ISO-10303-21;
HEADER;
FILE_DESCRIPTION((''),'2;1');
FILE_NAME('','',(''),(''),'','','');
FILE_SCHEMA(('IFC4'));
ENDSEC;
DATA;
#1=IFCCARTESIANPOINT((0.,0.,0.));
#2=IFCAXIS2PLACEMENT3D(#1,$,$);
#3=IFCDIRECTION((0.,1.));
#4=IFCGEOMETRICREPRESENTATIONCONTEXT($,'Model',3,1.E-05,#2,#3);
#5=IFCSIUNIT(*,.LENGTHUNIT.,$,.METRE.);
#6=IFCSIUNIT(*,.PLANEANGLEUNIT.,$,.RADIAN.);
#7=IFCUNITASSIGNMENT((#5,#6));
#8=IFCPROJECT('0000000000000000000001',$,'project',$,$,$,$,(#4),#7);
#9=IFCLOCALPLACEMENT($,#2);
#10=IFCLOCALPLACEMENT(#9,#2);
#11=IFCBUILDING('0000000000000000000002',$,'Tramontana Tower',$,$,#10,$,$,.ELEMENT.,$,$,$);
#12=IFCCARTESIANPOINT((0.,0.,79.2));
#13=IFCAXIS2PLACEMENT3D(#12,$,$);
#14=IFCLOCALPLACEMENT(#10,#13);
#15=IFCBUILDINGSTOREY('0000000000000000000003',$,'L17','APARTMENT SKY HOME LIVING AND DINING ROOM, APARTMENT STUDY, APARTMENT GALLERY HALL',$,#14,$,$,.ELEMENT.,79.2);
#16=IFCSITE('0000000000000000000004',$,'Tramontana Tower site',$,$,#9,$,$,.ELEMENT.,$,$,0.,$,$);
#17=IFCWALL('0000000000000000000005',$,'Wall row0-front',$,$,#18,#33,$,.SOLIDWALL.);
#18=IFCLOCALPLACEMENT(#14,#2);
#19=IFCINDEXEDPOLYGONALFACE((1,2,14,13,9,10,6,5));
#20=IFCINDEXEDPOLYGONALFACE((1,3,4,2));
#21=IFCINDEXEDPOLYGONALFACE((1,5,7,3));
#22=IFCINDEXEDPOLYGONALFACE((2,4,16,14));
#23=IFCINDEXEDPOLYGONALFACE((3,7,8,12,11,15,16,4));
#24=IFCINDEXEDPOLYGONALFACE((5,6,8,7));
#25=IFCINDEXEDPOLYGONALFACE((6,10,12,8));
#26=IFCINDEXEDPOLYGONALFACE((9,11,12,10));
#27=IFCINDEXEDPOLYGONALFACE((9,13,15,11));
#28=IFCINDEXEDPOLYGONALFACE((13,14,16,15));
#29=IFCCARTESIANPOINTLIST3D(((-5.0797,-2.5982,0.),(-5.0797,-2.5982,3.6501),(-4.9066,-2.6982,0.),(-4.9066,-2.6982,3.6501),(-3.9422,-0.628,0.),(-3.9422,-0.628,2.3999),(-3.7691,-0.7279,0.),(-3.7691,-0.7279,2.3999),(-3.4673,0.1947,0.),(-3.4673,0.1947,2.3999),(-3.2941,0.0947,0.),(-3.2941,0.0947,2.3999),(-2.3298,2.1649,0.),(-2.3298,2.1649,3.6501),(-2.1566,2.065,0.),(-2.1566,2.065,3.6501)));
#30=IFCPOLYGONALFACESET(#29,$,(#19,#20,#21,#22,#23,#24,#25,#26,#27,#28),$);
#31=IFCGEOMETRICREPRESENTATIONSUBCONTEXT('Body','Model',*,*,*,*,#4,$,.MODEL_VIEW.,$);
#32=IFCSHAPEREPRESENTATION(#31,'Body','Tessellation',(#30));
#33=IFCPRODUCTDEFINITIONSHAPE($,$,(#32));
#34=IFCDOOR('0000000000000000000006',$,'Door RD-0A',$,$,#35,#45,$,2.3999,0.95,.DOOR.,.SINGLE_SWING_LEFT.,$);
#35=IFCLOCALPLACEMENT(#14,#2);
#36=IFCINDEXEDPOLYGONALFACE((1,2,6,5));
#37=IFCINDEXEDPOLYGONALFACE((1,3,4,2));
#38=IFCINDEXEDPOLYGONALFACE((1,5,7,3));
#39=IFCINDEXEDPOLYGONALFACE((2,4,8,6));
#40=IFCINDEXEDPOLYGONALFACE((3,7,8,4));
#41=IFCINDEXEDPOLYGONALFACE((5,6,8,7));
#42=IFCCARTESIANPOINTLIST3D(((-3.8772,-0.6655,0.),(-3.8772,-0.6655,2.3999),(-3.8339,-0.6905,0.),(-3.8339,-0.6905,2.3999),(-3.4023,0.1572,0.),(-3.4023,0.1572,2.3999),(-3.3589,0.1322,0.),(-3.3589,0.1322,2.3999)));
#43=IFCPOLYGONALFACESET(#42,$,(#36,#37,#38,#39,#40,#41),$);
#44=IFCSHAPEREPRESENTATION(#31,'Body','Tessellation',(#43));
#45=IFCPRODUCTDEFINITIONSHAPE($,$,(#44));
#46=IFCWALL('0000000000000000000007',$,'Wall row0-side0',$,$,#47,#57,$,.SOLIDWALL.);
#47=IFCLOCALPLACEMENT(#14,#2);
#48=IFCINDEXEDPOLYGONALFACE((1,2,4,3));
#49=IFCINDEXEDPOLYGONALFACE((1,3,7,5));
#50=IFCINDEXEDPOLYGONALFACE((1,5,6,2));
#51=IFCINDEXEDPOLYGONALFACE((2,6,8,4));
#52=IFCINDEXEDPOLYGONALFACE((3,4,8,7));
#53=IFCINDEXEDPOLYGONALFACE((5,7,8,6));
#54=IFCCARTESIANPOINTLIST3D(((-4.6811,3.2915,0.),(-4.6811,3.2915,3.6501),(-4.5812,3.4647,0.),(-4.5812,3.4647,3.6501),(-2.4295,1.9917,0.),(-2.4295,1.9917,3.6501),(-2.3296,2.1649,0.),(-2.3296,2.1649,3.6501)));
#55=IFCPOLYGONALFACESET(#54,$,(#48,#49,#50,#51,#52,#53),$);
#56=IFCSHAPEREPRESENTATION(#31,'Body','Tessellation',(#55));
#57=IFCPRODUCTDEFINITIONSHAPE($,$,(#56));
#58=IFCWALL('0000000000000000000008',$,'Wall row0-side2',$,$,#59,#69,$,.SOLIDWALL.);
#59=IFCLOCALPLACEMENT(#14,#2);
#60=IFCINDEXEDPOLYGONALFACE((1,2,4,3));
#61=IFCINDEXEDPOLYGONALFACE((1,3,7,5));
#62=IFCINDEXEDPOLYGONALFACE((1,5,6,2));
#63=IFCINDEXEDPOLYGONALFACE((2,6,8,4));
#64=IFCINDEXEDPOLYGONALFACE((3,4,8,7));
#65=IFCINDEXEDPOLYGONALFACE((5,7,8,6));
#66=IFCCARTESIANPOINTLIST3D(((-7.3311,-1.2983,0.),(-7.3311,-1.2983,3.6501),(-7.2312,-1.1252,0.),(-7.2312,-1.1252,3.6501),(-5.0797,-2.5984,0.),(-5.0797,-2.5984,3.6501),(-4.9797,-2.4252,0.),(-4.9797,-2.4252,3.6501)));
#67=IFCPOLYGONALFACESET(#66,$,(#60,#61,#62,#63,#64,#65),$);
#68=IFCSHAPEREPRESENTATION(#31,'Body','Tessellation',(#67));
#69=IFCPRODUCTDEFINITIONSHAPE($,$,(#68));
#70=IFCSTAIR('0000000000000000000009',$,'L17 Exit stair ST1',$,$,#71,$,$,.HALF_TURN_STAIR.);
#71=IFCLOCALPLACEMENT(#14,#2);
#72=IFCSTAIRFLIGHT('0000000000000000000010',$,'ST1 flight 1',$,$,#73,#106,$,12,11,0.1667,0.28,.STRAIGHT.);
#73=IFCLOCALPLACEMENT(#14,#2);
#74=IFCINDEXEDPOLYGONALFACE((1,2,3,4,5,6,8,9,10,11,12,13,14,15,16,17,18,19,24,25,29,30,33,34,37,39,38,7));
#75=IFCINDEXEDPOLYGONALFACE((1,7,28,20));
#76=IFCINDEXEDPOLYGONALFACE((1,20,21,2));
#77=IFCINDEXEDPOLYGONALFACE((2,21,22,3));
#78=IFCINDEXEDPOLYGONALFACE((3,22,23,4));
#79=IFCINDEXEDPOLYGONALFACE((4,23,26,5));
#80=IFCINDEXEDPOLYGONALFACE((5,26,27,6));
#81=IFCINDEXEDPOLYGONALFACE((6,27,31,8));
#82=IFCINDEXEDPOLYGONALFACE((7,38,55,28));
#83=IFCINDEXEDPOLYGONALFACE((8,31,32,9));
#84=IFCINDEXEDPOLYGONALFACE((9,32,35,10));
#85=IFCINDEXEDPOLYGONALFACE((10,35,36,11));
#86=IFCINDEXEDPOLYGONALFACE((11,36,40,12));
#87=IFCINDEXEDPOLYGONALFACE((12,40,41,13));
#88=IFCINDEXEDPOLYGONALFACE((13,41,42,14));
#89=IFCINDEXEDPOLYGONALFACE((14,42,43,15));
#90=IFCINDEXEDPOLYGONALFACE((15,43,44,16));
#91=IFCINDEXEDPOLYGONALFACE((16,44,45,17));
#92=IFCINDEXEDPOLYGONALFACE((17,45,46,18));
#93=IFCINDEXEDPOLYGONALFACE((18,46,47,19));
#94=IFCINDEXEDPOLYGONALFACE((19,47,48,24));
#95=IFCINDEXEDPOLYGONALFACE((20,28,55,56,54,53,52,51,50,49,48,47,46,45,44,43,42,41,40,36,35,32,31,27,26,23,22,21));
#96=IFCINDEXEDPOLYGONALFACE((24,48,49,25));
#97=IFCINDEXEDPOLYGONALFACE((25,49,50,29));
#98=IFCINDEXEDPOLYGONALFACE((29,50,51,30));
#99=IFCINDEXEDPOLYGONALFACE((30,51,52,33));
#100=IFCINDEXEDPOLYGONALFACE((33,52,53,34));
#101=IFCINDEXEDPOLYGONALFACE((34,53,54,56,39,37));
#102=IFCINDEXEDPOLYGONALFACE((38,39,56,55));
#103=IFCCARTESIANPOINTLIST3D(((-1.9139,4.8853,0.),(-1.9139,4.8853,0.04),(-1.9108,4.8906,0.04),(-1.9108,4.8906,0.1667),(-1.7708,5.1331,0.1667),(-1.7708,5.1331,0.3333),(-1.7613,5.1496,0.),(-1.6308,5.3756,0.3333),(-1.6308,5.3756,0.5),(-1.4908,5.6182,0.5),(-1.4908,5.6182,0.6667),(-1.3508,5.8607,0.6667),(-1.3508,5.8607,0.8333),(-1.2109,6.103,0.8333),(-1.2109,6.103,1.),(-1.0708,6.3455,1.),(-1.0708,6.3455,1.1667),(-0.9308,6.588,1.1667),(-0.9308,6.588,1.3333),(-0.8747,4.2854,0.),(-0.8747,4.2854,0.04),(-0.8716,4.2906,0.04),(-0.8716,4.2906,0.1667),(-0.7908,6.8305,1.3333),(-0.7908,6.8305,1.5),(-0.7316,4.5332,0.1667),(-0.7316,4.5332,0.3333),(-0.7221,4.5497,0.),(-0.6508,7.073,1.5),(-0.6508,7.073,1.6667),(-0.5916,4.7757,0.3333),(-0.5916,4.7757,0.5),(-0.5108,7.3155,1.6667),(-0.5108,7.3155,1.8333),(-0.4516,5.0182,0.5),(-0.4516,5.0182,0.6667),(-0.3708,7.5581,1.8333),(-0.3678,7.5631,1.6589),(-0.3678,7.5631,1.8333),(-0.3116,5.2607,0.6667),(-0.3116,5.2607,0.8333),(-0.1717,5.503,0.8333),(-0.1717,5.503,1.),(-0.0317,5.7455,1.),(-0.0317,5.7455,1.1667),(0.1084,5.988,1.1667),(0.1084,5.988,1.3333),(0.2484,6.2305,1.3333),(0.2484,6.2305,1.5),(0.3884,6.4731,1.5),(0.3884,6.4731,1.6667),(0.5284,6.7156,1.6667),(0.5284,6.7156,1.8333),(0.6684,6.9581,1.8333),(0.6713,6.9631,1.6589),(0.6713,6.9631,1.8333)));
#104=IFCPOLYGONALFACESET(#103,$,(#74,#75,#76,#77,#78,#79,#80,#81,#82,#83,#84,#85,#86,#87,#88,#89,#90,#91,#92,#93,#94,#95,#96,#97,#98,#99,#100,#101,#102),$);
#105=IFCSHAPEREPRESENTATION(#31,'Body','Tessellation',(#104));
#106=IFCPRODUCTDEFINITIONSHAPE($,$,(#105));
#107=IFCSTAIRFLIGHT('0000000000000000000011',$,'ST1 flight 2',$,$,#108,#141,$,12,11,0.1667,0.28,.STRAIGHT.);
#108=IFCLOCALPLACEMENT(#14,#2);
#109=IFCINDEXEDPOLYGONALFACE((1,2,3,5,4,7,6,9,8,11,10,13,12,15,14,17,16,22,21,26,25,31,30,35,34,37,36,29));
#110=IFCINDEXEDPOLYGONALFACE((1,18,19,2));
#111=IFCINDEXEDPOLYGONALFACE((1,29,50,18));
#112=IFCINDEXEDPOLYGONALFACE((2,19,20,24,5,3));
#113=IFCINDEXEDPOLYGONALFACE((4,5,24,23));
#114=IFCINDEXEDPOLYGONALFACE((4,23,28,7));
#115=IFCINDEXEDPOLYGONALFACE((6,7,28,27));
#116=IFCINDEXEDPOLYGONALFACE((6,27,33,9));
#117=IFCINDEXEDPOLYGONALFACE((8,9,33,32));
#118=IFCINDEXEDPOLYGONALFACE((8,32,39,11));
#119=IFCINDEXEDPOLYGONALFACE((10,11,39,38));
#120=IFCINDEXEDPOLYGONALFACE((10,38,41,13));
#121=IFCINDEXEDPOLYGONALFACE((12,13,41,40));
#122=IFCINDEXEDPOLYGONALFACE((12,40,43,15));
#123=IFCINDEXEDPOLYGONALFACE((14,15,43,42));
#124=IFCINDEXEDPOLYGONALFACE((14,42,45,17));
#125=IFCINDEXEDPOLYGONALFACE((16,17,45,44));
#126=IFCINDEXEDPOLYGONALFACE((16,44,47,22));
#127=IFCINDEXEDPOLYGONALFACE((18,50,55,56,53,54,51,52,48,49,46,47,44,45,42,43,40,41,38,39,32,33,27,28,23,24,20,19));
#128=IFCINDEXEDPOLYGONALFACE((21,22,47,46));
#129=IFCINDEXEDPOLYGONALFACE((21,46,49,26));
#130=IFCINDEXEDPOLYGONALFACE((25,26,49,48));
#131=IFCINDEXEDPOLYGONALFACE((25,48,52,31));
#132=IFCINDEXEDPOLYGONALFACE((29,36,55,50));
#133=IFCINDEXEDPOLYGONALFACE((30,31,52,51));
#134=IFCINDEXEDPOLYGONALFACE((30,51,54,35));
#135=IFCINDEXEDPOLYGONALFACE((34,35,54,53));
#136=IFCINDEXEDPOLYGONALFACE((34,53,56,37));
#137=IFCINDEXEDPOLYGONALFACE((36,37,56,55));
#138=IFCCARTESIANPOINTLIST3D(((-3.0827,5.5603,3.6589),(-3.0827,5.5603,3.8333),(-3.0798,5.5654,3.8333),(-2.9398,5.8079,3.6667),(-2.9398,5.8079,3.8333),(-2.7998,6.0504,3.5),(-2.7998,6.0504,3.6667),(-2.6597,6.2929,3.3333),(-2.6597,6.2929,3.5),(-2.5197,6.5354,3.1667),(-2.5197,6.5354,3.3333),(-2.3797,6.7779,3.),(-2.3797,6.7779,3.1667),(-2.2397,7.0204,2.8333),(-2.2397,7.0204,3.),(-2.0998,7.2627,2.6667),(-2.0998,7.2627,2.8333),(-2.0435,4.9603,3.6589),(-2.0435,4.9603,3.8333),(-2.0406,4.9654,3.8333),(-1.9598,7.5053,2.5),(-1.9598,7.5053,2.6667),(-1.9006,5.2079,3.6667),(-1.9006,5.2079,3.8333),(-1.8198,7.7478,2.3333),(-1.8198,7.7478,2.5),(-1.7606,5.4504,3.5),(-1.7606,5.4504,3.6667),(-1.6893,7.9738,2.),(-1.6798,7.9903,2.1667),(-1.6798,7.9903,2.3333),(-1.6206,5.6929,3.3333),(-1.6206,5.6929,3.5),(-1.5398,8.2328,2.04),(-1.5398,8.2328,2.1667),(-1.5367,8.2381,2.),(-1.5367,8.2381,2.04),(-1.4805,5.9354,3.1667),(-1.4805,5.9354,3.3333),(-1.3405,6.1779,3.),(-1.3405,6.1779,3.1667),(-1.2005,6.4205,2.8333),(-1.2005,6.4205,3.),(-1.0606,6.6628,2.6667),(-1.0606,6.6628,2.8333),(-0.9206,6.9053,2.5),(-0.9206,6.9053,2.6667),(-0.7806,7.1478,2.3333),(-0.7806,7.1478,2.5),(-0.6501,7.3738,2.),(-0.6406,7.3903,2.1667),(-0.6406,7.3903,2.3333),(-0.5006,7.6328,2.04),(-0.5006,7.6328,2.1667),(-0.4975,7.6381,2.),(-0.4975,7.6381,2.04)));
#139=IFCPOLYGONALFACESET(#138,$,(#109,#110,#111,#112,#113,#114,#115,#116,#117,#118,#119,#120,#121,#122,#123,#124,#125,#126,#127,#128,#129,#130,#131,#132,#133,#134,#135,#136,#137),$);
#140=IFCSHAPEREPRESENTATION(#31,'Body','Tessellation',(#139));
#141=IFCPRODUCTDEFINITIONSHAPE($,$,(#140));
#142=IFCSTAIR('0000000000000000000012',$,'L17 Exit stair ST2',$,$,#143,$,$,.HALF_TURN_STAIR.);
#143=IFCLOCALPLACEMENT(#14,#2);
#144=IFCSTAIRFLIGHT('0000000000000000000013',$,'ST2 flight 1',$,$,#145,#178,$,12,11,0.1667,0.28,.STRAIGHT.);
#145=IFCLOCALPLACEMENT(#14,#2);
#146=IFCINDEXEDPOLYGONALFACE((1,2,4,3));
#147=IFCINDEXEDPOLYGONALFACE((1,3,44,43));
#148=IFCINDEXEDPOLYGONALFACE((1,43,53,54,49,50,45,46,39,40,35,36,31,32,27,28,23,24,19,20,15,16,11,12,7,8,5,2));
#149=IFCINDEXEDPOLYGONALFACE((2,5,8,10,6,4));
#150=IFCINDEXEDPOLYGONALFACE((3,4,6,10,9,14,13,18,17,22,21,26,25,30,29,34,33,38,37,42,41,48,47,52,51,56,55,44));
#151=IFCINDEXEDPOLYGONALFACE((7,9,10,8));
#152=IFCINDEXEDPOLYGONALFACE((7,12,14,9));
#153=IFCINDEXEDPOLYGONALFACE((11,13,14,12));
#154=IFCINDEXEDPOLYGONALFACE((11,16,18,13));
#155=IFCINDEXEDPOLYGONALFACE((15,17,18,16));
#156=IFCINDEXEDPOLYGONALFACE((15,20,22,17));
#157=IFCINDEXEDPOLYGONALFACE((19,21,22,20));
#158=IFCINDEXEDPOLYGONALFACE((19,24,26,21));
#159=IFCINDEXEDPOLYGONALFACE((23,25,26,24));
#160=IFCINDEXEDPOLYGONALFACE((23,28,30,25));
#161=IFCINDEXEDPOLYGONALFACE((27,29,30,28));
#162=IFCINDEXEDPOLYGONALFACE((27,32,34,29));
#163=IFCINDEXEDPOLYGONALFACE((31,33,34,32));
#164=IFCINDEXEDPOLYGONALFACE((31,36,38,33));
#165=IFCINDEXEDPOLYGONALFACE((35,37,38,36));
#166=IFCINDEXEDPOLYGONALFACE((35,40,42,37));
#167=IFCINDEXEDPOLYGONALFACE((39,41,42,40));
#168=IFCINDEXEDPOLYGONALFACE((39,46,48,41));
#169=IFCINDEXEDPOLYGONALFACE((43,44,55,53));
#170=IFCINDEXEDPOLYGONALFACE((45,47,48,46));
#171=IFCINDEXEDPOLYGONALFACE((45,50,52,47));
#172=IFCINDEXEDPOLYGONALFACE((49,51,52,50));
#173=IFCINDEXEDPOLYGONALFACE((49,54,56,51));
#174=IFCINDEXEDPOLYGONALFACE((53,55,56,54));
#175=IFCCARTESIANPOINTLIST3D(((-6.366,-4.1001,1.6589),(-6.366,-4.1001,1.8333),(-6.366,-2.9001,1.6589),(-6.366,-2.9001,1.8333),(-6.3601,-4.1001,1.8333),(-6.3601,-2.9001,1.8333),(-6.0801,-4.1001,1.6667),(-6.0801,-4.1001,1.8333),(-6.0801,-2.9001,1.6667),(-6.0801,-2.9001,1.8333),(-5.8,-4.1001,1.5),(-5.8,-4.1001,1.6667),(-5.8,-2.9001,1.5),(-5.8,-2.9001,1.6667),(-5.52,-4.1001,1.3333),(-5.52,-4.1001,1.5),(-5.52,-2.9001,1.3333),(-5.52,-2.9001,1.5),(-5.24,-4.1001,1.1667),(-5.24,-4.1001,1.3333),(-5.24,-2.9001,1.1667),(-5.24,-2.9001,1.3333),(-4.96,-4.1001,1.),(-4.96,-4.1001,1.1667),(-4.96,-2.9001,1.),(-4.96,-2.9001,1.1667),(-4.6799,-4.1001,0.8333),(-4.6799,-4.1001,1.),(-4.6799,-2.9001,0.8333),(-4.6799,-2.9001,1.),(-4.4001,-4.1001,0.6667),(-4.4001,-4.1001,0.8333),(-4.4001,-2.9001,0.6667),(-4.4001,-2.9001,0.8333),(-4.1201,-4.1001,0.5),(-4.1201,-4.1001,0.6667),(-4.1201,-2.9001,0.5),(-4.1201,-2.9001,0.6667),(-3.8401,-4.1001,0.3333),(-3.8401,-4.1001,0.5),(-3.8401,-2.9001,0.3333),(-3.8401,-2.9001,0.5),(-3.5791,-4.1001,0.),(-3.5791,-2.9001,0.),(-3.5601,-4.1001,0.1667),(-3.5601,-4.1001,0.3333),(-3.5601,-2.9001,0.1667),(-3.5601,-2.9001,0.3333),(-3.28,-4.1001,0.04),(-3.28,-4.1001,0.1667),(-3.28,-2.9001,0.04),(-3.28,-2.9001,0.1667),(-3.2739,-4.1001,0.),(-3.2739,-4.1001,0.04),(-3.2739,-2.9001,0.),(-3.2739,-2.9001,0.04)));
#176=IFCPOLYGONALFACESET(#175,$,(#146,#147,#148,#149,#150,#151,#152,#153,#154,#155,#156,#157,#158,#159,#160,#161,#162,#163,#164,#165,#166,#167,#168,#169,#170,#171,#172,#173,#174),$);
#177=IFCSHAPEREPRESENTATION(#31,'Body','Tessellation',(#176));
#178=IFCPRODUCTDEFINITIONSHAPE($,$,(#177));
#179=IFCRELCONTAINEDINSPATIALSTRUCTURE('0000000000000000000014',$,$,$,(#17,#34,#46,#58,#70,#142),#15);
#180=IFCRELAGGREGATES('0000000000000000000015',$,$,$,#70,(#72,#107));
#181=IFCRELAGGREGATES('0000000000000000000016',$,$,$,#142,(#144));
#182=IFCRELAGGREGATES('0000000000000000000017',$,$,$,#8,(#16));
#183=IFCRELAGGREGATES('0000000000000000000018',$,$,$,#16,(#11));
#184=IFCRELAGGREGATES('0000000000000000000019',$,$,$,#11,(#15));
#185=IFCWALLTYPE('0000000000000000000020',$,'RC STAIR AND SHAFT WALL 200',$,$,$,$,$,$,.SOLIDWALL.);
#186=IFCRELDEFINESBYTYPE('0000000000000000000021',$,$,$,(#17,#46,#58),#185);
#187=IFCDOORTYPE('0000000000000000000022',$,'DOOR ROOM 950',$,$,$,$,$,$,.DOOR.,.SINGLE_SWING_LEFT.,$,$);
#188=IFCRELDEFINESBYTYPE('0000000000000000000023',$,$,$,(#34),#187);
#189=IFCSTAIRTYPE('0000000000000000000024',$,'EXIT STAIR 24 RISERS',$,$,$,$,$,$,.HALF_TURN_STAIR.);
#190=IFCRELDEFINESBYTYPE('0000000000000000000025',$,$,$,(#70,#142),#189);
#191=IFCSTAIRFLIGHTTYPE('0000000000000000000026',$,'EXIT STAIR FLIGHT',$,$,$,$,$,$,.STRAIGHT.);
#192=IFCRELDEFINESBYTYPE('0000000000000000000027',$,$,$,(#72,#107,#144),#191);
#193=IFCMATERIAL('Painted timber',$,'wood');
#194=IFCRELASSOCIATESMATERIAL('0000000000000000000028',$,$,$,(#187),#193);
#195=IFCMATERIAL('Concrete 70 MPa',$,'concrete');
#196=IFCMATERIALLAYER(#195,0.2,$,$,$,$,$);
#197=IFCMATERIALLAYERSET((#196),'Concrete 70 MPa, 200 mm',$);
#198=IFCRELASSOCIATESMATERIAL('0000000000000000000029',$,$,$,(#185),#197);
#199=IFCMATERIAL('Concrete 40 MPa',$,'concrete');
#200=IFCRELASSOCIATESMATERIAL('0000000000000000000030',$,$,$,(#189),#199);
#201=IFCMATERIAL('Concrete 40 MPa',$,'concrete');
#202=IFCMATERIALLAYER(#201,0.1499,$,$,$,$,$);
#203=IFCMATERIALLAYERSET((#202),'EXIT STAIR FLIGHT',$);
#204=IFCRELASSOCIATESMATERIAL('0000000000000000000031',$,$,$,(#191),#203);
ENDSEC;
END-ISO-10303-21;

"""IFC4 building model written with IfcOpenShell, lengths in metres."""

from ifc_helpers import new_model, si_unit, direction, frame, frame_2d, origin, place, context, subcontext, project, spatial, polyline, rectangle, outline, extrude, material, layer, layer_set, type_object, element, fill, aggregate, save


model = new_model("IFC4")

# Units and contexts
model_context = context("Model", 3, precision=1e-05, world=origin(), true_north=direction((0.0, 1.0)))
body_context = subcontext(model_context, "Body", "Model", "MODEL_VIEW")
ifc_project = project(units=[si_unit("LENGTHUNIT", "METRE"), si_unit("PLANEANGLEUNIT", "RADIAN")], contexts=[model_context])

# Site, building, storey
site_placement = place(None, origin())
site = spatial("IfcSite", under=ifc_project, at=site_placement, Name="Tramontana Tower site", CompositionType="ELEMENT", RefElevation=0.0)
building_placement = place(site_placement, origin())
building = spatial("IfcBuilding", under=site, at=building_placement, Name="Tramontana Tower", CompositionType="ELEMENT")
storey_placement = place(building_placement, frame((0.0, 0.0, 79.2)))
storey = spatial("IfcBuildingStorey", under=building, at=storey_placement, Name="L17", Description="APARTMENT SKY HOME LIVING AND DINING ROOM, APARTMENT STUDY, APARTMENT GALLERY HALL", CompositionType="ELEMENT", Elevation=79.2)

# Shared definitions
ifc_material_1 = material(Name="Painted timber", Category="wood")
door_type_1 = type_object("IfcDoorType", Name="DOOR ROOM 950", OperationType="SINGLE_SWING_LEFT", PredefinedType="DOOR", material=ifc_material_1)

# Shared definitions
ifc_material_2 = material(Name="Concrete 70 MPa", Category="concrete")
ifc_layer_1 = layer(ifc_material_2, 0.2)
ifc_layer_set_1 = layer_set([ifc_layer_1], Name="Concrete 70 MPa, 200 mm")
wall_type_1 = type_object("IfcWallType", Name="RC STAIR AND SHAFT WALL 200", PredefinedType="SOLIDWALL", material=ifc_layer_set_1)

# Wall, opening, door
wall_1_placement = place(storey_placement, frame((-4.9932, -2.6482, 0.0), z_axis=(0.0, 0.0, 1.0), x_axis=(0.499997, 0.866027, 0.0)))
wall_1 = element("IfcWall", 1, at=wall_1_placement, inside=storey, type_object=wall_type_1, Name="Wall row0-front", PredefinedType="SOLIDWALL", context=body_context, shape_type="SweptSolid", body=[
    extrude(rectangle(XDim=5.5, YDim=0.2, at=frame_2d((2.75, 0.0))), origin(), (0.0, 0.0, 1.0), 3.6501),
])
opening_1_placement = place(wall_1_placement, frame((2.2749, 0.0, 0.0)))
opening_1 = element("IfcOpeningElement", 2, at=opening_1_placement, cuts=wall_1, PredefinedType="OPENING", context=body_context, shape_type="SweptSolid", body=[
    extrude(rectangle(XDim=0.95, YDim=2.3999, at=frame_2d((0.4751, 1.2))), frame((0.0, 0.1099, 0.0), z_axis=(0.0, -1.0, 0.0), x_axis=(1.0, 0.0, 0.0)), (0.0, 0.0, 1.0), 0.22),
])
door_1_placement = place(opening_1_placement, origin())
door_1 = element("IfcDoor", 3, at=door_1_placement, inside=storey, type_object=door_type_1, Name="Door RD-0A", OperationType="SINGLE_SWING_LEFT", OverallHeight=2.3999, OverallWidth=0.95, PredefinedType="DOOR", context=body_context, shape_type="SweptSolid", body=[
    extrude(rectangle(XDim=0.95, YDim=2.3999, at=frame_2d((0.4751, 1.2))), frame((0.0, 0.0249, 0.0), z_axis=(0.0, -1.0, 0.0), x_axis=(1.0, 0.0, 0.0)), (0.0, 0.0, 1.0), 0.05),
])
fill(opening_1, door_1)

# Walls
for number, where, z_axis, x_axis, name in (
    (4, (-2.3796, 2.0784, 0.0), (0.0, 0.0, 1.0), (-0.866062, 0.499937, 0.0), "Wall row0-side0"),
    (5, (-5.0298, -2.5117, 0.0), (0.0, 0.0, 1.0), (-0.865998, 0.500048, 0.0), "Wall row0-side2"),
):
    element("IfcWall", number, at=place(storey_placement, frame(where, z_axis=z_axis, x_axis=x_axis)), inside=storey, type_object=wall_type_1, Name=name, PredefinedType="SOLIDWALL", context=body_context, shape_type="SweptSolid", body=[
        extrude(rectangle(XDim=2.5999, YDim=0.2, at=frame_2d((1.2998, 0.0))), origin(), (0.0, 0.0, 1.0), 3.6501),
    ])

# Stair, stair flights
ifc_material_3 = material(Name="Concrete 40 MPa", Category="concrete")
stair_type = type_object("IfcStairType", Name="EXIT STAIR 24 RISERS", PredefinedType="HALF_TURN_STAIR", material=ifc_material_3)
stair_1_placement = place(storey_placement, origin())
stair_1 = element("IfcStair", 6, at=stair_1_placement, inside=storey, type_object=stair_type, Name="L17 Exit stair ST1", PredefinedType="HALF_TURN_STAIR")
ifc_material_4 = material(Name="Concrete 40 MPa", Category="concrete")
ifc_layer_2 = layer(ifc_material_4, 0.1499)
ifc_layer_set_2 = layer_set([ifc_layer_2], Name="EXIT STAIR FLIGHT")
stair_flight_type = type_object("IfcStairFlightType", Name="EXIT STAIR FLIGHT", PredefinedType="STRAIGHT", material=ifc_layer_set_2)
stair_flight_1_placement = place(storey_placement, frame((-1.3911, 4.5906, 0.0), z_axis=(0.0, 0.0, 1.0), x_axis=(0.5, 0.866025, 0.0)))
stair_flight_1 = element("IfcStairFlight", 7, at=stair_flight_1_placement, type_object=stair_flight_type, Name="ST1 flight 1", NumberOfRisers=12, NumberOfTreads=11, PredefinedType="STRAIGHT", RiserHeight=0.1667, TreadLength=0.28, context=body_context, shape_type="SweptSolid", body=[
    extrude(outline(polyline([(-0.0061, 0.0), (-0.0061, 0.04), (0.0, 0.04), (0.0, 0.1667), (0.28, 0.1667), (0.28, 0.3333), (0.5601, 0.3333), (0.5601, 0.5), (0.8401, 0.5), (0.8401, 0.6667), (1.1201, 0.6667), (1.1201, 0.8333), (1.3999, 0.8333), (1.3999, 1.0), (1.6799, 1.0), (1.6799, 1.1667), (1.96, 1.1667), (1.96, 1.3333), (2.24, 1.3333), (2.24, 1.5), (2.52, 1.5), (2.52, 1.6667), (2.8, 1.6667), (2.8, 1.8333), (3.0801, 1.8333), (3.0859, 1.8333), (3.0859, 1.6589), (0.2991, 0.0), (-0.0061, 0.0)])), frame((0.0, 0.6001, 0.0), z_axis=(0.0, -1.0, 0.0), x_axis=(1.0, 0.0, 0.0)), (0.0, 0.0, 1.0), 1.2),
])
stair_flight_2_placement = place(storey_placement, frame((-1.0203, 7.9329, 2.0), z_axis=(0.0, 0.0, 1.0), x_axis=(-0.5, -0.866025, 0.0)))
stair_flight_2 = element("IfcStairFlight", 8, at=stair_flight_2_placement, type_object=stair_flight_type, Name="ST1 flight 2", NumberOfRisers=12, NumberOfTreads=11, PredefinedType="STRAIGHT", RiserHeight=0.1667, TreadLength=0.28, context=body_context, shape_type="SweptSolid", body=[
    extrude(outline(polyline([(-0.0061, 0.0), (-0.0061, 0.04), (0.0, 0.04), (0.0, 0.1667), (0.28, 0.1667), (0.28, 0.3333), (0.5601, 0.3333), (0.5601, 0.5), (0.8401, 0.5), (0.8401, 0.6667), (1.1201, 0.6667), (1.1201, 0.8333), (1.3999, 0.8333), (1.3999, 1.0), (1.6799, 1.0), (1.6799, 1.1667), (1.96, 1.1667), (1.96, 1.3333), (2.24, 1.3333), (2.24, 1.5), (2.52, 1.5), (2.52, 1.6667), (2.8, 1.6667), (2.8, 1.8333), (3.0801, 1.8333), (3.0859, 1.8333), (3.0859, 1.6589), (0.2991, 0.0), (-0.0061, 0.0)])), frame((0.0, 0.6001, 0.0), z_axis=(0.0, -1.0, 0.0), x_axis=(1.0, 0.0, 0.0)), (0.0, 0.0, 1.0), 1.2),
])
aggregate(stair_1, [stair_flight_1, stair_flight_2])

# Stair, stair flight
stair_2_placement = place(storey_placement, origin())
stair_2 = element("IfcStair", 9, at=stair_2_placement, inside=storey, type_object=stair_type, Name="L17 Exit stair ST2", PredefinedType="HALF_TURN_STAIR")
stair_flight_3_placement = place(storey_placement, frame((-3.28, -3.5, 0.0), z_axis=(0.0, 0.0, 1.0), x_axis=(-1.0, 0.0, 0.0)))
stair_flight_3 = element("IfcStairFlight", 10, at=stair_flight_3_placement, type_object=stair_flight_type, Name="ST2 flight 1", NumberOfRisers=12, NumberOfTreads=11, PredefinedType="STRAIGHT", RiserHeight=0.1667, TreadLength=0.28, context=body_context, shape_type="SweptSolid", body=[
    extrude(outline(polyline([(-0.0061, 0.0), (-0.0061, 0.04), (0.0, 0.04), (0.0, 0.1667), (0.28, 0.1667), (0.28, 0.3333), (0.5601, 0.3333), (0.5601, 0.5), (0.8401, 0.5), (0.8401, 0.6667), (1.1201, 0.6667), (1.1201, 0.8333), (1.3999, 0.8333), (1.3999, 1.0), (1.6799, 1.0), (1.6799, 1.1667), (1.96, 1.1667), (1.96, 1.3333), (2.24, 1.3333), (2.24, 1.5), (2.52, 1.5), (2.52, 1.6667), (2.8, 1.6667), (2.8, 1.8333), (3.0801, 1.8333), (3.0859, 1.8333), (3.0859, 1.6589), (0.2991, 0.0), (-0.0061, 0.0)])), frame((0.0, 0.6001, 0.0), z_axis=(0.0, -1.0, 0.0), x_axis=(1.0, 0.0, 0.0)), (0.0, 0.0, 1.0), 1.2),
])
aggregate(stair_2, [stair_flight_3])

save(model, "model.ifc")
